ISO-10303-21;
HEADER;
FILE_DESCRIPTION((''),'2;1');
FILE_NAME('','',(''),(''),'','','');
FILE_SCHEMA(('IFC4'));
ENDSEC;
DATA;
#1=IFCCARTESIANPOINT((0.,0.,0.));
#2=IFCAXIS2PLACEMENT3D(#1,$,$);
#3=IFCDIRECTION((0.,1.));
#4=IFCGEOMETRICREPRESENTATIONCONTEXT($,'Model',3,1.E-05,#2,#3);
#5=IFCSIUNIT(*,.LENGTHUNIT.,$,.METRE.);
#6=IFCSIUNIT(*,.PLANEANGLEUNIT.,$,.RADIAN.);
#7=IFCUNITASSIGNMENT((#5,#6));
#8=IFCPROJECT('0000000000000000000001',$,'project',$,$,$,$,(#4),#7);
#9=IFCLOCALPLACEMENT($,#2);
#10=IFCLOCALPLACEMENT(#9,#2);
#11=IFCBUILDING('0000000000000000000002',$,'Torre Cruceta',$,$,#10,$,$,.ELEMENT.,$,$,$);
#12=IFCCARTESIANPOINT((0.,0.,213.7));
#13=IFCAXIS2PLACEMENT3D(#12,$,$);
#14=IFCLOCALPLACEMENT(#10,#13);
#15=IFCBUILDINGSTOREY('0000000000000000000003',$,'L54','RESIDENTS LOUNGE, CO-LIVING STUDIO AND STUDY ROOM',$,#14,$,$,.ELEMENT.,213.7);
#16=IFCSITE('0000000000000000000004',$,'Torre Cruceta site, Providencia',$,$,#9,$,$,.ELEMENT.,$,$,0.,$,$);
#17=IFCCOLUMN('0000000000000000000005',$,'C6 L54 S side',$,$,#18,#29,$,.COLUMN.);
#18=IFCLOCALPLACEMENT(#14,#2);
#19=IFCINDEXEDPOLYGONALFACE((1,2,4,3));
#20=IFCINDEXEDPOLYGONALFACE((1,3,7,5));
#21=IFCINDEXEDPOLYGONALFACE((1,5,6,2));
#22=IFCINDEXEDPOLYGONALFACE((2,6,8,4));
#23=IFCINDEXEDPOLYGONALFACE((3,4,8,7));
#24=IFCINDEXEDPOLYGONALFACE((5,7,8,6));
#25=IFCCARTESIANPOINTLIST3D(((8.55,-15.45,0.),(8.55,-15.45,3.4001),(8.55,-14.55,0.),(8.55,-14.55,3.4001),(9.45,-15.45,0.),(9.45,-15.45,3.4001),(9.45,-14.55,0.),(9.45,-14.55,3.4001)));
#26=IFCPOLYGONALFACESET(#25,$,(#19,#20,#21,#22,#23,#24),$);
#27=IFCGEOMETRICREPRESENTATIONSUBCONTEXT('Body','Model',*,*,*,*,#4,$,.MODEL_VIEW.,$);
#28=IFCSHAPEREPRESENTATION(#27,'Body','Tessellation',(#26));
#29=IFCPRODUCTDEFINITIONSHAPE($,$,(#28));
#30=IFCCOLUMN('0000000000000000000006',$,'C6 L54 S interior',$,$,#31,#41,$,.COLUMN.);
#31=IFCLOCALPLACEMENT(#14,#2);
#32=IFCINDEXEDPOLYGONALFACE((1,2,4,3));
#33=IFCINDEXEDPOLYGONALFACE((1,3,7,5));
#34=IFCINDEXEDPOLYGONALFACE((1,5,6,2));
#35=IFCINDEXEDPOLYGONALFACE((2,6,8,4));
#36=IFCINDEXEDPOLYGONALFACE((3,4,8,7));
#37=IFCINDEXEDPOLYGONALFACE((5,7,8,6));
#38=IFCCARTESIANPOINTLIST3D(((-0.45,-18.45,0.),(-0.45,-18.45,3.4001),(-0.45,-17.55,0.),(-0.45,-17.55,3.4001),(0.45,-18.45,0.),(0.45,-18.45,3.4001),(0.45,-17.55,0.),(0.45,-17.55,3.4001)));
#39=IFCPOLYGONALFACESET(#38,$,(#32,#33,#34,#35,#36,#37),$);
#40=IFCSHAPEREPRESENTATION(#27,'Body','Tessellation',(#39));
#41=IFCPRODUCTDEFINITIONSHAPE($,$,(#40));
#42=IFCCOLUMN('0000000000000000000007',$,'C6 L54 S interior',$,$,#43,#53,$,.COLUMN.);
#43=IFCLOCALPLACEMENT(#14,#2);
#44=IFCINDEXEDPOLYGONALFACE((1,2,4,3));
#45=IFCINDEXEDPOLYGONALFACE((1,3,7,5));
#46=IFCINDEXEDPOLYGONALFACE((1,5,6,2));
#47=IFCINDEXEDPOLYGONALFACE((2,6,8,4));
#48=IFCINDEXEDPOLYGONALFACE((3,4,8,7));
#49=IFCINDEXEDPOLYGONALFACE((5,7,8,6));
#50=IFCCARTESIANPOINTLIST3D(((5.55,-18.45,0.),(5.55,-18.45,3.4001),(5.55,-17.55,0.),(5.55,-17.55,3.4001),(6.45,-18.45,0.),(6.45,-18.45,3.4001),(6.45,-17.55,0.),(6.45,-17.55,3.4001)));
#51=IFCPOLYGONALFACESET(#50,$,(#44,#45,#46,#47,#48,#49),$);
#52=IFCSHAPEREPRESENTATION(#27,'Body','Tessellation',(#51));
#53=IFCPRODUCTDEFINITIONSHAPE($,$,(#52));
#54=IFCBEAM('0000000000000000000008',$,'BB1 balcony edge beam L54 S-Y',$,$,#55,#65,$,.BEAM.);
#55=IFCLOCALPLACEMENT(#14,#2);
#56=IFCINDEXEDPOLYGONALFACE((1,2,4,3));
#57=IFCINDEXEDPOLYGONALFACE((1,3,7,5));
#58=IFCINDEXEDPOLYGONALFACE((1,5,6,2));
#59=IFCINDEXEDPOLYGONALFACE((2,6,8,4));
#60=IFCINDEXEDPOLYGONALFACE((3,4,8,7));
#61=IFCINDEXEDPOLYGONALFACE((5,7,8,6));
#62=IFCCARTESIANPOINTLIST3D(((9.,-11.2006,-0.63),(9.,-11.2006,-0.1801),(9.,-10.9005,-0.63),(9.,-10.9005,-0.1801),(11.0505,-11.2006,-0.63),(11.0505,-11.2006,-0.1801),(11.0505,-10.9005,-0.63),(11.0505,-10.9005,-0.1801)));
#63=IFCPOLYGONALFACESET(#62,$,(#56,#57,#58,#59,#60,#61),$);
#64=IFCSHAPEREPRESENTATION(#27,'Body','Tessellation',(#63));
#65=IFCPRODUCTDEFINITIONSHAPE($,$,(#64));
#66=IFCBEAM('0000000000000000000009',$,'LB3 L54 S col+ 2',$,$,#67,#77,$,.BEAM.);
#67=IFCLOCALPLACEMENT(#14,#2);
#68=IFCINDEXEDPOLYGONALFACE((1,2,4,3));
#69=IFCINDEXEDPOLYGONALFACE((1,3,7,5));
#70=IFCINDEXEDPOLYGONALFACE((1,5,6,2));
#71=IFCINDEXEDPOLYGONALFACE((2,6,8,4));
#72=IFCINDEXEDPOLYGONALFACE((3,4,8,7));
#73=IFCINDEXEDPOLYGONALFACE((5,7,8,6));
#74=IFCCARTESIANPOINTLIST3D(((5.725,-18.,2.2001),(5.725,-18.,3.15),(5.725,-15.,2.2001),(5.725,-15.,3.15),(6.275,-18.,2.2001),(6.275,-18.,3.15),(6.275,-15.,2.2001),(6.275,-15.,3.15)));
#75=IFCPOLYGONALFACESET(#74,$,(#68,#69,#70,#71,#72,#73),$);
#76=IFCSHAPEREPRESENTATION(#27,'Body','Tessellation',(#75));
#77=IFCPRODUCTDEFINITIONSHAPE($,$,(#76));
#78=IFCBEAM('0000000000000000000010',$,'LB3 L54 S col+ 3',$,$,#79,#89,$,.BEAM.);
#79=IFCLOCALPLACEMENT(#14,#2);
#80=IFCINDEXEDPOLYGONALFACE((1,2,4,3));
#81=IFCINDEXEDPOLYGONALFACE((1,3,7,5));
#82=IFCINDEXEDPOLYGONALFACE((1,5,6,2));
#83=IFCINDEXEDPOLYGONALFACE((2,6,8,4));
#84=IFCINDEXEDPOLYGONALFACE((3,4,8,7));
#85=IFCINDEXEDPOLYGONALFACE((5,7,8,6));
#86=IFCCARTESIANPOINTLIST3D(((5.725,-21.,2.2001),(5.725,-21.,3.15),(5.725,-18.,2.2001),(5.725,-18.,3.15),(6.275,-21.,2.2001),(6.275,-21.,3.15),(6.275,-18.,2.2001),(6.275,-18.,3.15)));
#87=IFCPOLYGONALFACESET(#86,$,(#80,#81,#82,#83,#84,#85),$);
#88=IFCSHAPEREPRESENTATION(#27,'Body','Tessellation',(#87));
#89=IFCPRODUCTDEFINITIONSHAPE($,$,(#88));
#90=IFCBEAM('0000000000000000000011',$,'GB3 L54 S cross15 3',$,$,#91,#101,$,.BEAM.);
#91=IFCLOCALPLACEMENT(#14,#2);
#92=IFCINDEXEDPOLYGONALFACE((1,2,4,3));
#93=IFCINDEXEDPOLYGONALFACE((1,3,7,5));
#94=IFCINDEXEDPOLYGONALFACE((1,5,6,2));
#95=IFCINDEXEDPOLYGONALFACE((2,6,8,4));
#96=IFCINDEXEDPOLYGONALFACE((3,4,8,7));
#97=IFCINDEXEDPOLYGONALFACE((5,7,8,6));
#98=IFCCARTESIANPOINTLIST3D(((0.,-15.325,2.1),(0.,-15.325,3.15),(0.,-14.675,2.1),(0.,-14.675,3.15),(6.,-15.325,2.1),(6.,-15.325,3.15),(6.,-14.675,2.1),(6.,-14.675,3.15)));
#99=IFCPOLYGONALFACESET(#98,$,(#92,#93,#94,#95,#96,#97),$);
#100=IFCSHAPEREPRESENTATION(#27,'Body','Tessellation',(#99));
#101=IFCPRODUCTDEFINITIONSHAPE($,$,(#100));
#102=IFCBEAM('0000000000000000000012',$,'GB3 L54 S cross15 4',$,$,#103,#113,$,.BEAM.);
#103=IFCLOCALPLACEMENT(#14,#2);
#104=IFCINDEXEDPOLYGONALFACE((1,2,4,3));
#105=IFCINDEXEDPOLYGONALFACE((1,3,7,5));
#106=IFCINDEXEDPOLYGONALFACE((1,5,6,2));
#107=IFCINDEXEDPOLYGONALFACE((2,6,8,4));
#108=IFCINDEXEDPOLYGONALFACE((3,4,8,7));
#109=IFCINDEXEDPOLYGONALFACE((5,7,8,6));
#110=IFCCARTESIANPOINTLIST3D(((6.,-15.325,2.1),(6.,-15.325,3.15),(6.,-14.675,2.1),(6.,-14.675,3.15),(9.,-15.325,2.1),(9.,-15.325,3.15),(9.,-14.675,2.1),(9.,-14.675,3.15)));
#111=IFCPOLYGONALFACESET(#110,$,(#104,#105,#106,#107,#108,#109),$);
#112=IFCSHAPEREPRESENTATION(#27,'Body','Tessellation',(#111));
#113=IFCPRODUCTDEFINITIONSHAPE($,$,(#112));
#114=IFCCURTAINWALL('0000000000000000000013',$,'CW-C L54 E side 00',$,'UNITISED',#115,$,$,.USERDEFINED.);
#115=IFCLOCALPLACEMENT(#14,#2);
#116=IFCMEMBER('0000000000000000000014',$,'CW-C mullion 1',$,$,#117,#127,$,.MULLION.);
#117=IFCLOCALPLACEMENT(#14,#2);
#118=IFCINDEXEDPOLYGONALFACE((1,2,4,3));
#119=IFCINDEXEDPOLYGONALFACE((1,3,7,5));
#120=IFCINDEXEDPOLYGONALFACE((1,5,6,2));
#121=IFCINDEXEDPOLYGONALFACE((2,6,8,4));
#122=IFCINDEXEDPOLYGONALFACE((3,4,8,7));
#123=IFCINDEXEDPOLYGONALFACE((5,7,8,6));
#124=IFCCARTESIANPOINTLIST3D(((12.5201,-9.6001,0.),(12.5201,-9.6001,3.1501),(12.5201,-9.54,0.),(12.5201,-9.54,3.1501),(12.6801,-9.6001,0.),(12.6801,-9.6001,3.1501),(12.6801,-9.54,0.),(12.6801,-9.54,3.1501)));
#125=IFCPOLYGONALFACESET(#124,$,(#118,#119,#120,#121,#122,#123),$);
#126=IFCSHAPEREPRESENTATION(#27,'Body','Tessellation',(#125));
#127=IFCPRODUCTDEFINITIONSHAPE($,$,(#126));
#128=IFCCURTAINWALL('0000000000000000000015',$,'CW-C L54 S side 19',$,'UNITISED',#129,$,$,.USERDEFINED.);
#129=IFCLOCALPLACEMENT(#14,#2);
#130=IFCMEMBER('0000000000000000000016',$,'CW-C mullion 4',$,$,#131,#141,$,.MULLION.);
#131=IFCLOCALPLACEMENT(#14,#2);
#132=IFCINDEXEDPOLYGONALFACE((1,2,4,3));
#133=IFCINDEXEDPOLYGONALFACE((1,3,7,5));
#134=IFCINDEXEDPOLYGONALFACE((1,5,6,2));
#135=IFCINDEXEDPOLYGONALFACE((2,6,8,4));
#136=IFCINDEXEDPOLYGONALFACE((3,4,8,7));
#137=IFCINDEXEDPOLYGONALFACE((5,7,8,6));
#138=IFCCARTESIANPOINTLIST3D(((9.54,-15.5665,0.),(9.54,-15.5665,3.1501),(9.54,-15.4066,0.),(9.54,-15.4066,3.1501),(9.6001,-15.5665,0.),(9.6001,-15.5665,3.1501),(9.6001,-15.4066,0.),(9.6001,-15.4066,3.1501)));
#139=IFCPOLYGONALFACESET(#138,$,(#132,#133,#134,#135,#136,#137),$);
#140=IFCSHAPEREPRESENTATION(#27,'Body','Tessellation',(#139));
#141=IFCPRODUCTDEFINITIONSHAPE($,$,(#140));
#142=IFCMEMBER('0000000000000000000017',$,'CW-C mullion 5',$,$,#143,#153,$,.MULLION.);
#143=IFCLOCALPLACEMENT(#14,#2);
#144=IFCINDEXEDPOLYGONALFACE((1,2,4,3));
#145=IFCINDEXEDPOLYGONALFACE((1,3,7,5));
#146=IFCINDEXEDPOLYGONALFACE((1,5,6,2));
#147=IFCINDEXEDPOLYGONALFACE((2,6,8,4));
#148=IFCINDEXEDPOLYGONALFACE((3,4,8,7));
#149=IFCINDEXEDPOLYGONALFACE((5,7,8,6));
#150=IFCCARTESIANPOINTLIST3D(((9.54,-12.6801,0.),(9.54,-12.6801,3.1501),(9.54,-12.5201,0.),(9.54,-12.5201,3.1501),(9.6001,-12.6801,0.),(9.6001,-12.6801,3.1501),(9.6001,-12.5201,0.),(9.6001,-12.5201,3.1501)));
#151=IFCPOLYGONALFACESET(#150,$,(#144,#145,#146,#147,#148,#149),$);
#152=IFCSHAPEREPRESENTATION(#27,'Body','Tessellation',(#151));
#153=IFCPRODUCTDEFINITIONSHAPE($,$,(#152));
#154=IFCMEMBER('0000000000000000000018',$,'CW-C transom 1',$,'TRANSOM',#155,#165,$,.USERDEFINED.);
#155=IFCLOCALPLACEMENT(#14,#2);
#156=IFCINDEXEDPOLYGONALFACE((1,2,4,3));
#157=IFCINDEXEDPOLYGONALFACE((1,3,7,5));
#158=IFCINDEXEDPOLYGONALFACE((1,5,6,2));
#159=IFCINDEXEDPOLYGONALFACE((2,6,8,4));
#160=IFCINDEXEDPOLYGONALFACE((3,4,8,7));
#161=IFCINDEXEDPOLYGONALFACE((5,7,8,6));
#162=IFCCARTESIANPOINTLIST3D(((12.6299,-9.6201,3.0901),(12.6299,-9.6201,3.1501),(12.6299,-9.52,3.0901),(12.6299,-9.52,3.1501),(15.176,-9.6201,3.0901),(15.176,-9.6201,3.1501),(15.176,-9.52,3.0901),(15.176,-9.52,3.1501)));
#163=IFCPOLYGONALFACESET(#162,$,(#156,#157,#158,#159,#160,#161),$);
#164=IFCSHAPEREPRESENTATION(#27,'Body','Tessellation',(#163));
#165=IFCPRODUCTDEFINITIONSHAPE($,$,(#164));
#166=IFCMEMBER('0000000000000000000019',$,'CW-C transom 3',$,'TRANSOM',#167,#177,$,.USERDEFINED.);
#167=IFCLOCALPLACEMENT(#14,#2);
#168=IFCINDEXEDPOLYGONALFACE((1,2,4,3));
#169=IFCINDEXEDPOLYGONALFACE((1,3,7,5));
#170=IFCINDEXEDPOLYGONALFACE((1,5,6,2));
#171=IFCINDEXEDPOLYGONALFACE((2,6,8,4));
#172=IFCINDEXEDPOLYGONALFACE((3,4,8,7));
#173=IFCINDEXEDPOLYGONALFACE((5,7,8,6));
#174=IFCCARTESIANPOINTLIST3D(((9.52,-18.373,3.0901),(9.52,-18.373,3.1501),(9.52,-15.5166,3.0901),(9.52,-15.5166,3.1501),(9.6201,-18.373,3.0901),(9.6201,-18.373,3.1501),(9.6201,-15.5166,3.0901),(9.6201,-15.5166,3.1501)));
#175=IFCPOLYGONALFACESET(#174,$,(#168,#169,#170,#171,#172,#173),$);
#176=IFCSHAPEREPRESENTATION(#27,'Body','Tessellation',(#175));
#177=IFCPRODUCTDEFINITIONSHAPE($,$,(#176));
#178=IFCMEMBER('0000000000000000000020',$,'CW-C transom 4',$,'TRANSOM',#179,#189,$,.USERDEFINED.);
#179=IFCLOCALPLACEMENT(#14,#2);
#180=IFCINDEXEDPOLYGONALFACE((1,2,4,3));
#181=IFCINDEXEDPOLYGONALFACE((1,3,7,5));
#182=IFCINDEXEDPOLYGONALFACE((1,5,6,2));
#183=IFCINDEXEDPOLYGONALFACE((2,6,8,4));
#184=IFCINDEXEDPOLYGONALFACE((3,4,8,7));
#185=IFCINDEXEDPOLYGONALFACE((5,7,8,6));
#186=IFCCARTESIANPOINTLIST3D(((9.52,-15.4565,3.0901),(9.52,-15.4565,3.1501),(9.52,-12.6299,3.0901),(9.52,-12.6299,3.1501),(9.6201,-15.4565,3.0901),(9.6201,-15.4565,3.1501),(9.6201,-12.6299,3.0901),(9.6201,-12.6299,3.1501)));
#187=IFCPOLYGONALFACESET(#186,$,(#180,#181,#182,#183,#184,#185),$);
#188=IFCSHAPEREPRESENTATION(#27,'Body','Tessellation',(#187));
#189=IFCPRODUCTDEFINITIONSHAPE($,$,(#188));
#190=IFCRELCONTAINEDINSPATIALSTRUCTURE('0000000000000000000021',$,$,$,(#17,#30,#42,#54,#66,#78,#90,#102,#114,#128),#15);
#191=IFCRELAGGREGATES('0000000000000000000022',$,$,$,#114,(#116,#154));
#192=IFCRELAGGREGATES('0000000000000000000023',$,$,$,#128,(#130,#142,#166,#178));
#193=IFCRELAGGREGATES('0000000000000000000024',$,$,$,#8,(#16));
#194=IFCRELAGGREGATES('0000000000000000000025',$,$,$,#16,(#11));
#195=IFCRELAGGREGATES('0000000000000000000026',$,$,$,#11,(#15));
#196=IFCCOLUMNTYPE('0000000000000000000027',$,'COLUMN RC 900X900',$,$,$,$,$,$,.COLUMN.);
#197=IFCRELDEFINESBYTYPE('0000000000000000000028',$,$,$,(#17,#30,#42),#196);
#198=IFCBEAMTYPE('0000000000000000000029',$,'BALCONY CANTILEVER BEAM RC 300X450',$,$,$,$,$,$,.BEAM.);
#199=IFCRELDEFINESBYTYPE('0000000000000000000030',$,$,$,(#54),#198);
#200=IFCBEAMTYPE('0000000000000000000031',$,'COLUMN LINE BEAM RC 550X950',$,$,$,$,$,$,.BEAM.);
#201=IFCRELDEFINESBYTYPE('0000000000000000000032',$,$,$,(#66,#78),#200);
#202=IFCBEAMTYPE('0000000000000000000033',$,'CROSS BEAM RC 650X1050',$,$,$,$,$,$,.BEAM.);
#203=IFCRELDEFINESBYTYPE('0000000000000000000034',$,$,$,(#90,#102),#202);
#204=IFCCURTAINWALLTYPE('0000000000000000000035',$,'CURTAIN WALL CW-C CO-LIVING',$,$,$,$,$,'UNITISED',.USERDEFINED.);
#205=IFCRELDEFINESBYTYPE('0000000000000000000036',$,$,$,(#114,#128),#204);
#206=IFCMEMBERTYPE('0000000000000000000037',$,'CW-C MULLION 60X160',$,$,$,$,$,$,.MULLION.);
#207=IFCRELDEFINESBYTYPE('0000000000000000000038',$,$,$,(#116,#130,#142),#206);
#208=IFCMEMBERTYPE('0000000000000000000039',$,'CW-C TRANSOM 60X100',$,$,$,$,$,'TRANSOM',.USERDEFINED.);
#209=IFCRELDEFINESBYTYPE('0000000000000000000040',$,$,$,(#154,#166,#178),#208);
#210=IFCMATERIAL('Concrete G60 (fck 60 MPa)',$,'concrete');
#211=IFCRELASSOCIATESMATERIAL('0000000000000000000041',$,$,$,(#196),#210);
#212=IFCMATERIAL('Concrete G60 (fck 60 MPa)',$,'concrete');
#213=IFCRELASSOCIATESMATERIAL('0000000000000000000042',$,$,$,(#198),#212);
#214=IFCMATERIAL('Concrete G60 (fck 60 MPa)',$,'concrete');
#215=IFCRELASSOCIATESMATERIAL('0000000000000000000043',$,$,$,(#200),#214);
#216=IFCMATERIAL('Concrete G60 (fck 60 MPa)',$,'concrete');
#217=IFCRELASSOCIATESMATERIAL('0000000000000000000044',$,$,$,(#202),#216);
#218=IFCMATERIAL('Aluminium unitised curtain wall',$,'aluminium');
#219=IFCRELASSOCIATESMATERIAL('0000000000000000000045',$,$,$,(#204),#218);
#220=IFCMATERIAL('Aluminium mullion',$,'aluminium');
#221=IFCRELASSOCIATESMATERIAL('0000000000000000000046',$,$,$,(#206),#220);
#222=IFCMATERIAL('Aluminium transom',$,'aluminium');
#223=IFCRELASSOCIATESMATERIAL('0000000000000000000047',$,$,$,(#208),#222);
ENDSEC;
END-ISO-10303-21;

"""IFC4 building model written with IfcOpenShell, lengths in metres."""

from ifc_helpers import new_model, si_unit, direction, frame, origin, origin_2d, place, context, subcontext, project, spatial, rectangle, extrude, material, material_profile, profile_set, type_object, element, aggregate, save


model = new_model("IFC4")

# Units and contexts
model_context = context("Model", 3, precision=1e-05, world=origin(), true_north=direction((0.0, 1.0)))
body_context = subcontext(model_context, "Body", "Model", "MODEL_VIEW")
ifc_project = project(units=[si_unit("LENGTHUNIT", "METRE"), si_unit("PLANEANGLEUNIT", "RADIAN")], contexts=[model_context])

# Site, building, storey
site_placement = place(None, origin())
site = spatial("IfcSite", under=ifc_project, at=site_placement, Name="Torre Cruceta site, Providencia", CompositionType="ELEMENT", RefElevation=0.0)
building_placement = place(site_placement, origin())
building = spatial("IfcBuilding", under=site, at=building_placement, Name="Torre Cruceta", CompositionType="ELEMENT")
storey_placement = place(building_placement, frame((0.0, 0.0, 213.7)))
storey = spatial("IfcBuildingStorey", under=building, at=storey_placement, Name="L54", Description="RESIDENTS LOUNGE, CO-LIVING STUDIO AND STUDY ROOM", CompositionType="ELEMENT", Elevation=213.7)

# Columns
ifc_material_1 = material(Name="Concrete G60 (fck 60 MPa)", Category="concrete")
ifc_material_profile_1 = material_profile(ifc_material_1, rectangle(XDim=0.8999, YDim=0.8999, at=origin_2d()), Name="RC 900X900")
ifc_profile_set_1 = profile_set([ifc_material_profile_1], Name="Concrete G60 (fck 60 MPa)")
column_type = type_object("IfcColumnType", Name="COLUMN RC 900X900", PredefinedType="COLUMN", material=ifc_profile_set_1)
for number, where, z_axis, x_axis, name in (
    (1, (9.0, -15.0, 0.0), (0.0, 0.0, 1.0), (1.0, 0.0, 0.0), "C6 L54 S side"),
    (2, (0.0, -18.0, 0.0), (0.0, 0.0, 1.0), (1.0, 0.0, 0.0), "C6 L54 S interior"),
    (3, (6.0, -18.0, 0.0), (0.0, 0.0, 1.0), (1.0, 0.0, 0.0), "C6 L54 S interior"),
):
    element("IfcColumn", number, at=place(storey_placement, frame(where, z_axis=z_axis, x_axis=x_axis)), inside=storey, type_object=column_type, Name=name, PredefinedType="COLUMN", context=body_context, shape_type="SweptSolid", body=[
        extrude(rectangle(XDim=0.8999, YDim=0.8999, at=origin_2d()), origin(), (0.0, 0.0, 1.0), 3.4001),
    ])

# Beams
ifc_material_2 = material(Name="Concrete G60 (fck 60 MPa)", Category="concrete")
ifc_material_profile_2 = material_profile(ifc_material_2, rectangle(XDim=0.3, YDim=0.45, at=origin_2d()), Name="RC 300X450")
ifc_profile_set_2 = profile_set([ifc_material_profile_2], Name="Concrete G60 (fck 60 MPa)")
beam_type_1 = type_object("IfcBeamType", Name="BALCONY CANTILEVER BEAM RC 300X450", PredefinedType="BEAM", material=ifc_profile_set_2)
beam_1_placement = place(storey_placement, frame((9.0, -11.0505, -0.405), z_axis=(1.0, 0.0, 0.0), x_axis=(0.0, 1.0, 0.0)))
element("IfcBeam", 4, at=beam_1_placement, inside=storey, type_object=beam_type_1, Name="BB1 balcony edge beam L54 S-Y", PredefinedType="BEAM", context=body_context, shape_type="SweptSolid", body=[
    extrude(rectangle(XDim=0.3, YDim=0.45, at=origin_2d()), origin(), (0.0, 0.0, 1.0), 2.0505),
])
ifc_material_3 = material(Name="Concrete G60 (fck 60 MPa)", Category="concrete")
ifc_material_profile_3 = material_profile(ifc_material_3, rectangle(XDim=0.55, YDim=0.95, at=origin_2d()), Name="RC 550X950")
ifc_profile_set_3 = profile_set([ifc_material_profile_3], Name="Concrete G60 (fck 60 MPa)")
beam_type_2 = type_object("IfcBeamType", Name="COLUMN LINE BEAM RC 550X950", PredefinedType="BEAM", material=ifc_profile_set_3)
for number, where, z_axis, x_axis, name in (
    (5, (6.0, -15.0, 2.675), (0.0, -1.0, 0.0), (1.0, 0.0, 0.0), "LB3 L54 S col+ 2"),
    (6, (6.0, -18.0, 2.675), (0.0, -1.0, 0.0), (1.0, 0.0, 0.0), "LB3 L54 S col+ 3"),
):
    element("IfcBeam", number, at=place(storey_placement, frame(where, z_axis=z_axis, x_axis=x_axis)), inside=storey, type_object=beam_type_2, Name=name, PredefinedType="BEAM", context=body_context, shape_type="SweptSolid", body=[
        extrude(rectangle(XDim=0.55, YDim=0.95, at=origin_2d()), origin(), (0.0, 0.0, 1.0), 3.0),
    ])
ifc_material_4 = material(Name="Concrete G60 (fck 60 MPa)", Category="concrete")
ifc_material_profile_4 = material_profile(ifc_material_4, rectangle(XDim=0.6499, YDim=1.05, at=origin_2d()), Name="RC 650X1050")
ifc_profile_set_4 = profile_set([ifc_material_profile_4], Name="Concrete G60 (fck 60 MPa)")
beam_type_3 = type_object("IfcBeamType", Name="CROSS BEAM RC 650X1050", PredefinedType="BEAM", material=ifc_profile_set_4)
beam_2_placement = place(storey_placement, frame((0.0, -15.0, 2.625), z_axis=(1.0, 0.0, 0.0), x_axis=(0.0, 1.0, 0.0)))
element("IfcBeam", 7, at=beam_2_placement, inside=storey, type_object=beam_type_3, Name="GB3 L54 S cross15 3", PredefinedType="BEAM", context=body_context, shape_type="SweptSolid", body=[
    extrude(rectangle(XDim=0.6499, YDim=1.05, at=origin_2d()), origin(), (0.0, 0.0, 1.0), 6.0),
])
beam_3_placement = place(storey_placement, frame((6.0, -15.0, 2.625), z_axis=(1.0, 0.0, 0.0), x_axis=(0.0, 1.0, 0.0)))
element("IfcBeam", 8, at=beam_3_placement, inside=storey, type_object=beam_type_3, Name="GB3 L54 S cross15 4", PredefinedType="BEAM", context=body_context, shape_type="SweptSolid", body=[
    extrude(rectangle(XDim=0.6499, YDim=1.05, at=origin_2d()), origin(), (0.0, 0.0, 1.0), 3.0),
])

# Curtain wall, member
ifc_material_5 = material(Name="Aluminium unitised curtain wall", Category="aluminium")
curtain_wall_type = type_object("IfcCurtainWallType", Name="CURTAIN WALL CW-C CO-LIVING", ElementType="UNITISED", PredefinedType="USERDEFINED", material=ifc_material_5)
curtain_wall_1_placement = place(storey_placement, origin())
curtain_wall_1 = element("IfcCurtainWall", 9, at=curtain_wall_1_placement, inside=storey, type_object=curtain_wall_type, Name="CW-C L54 E side 00", ObjectType="UNITISED", PredefinedType="USERDEFINED")
ifc_material_6 = material(Name="Aluminium mullion", Category="aluminium")
ifc_material_profile_5 = material_profile(ifc_material_6, rectangle(XDim=0.0601, YDim=0.1599, at=origin_2d()), Name="AL 60X160")
ifc_profile_set_5 = profile_set([ifc_material_profile_5], Name="Aluminium mullion")
member_type_1 = type_object("IfcMemberType", Name="CW-C MULLION 60X160", PredefinedType="MULLION", material=ifc_profile_set_5)
member_1_placement = place(storey_placement, frame((12.6001, -9.5701, 0.0), z_axis=(0.0, 0.0, 1.0), x_axis=(0.0, 1.0, 0.0)))
member_1 = element("IfcMember", 10, at=member_1_placement, type_object=member_type_1, Name="CW-C mullion 1", PredefinedType="MULLION", context=body_context, shape_type="SweptSolid", body=[
    extrude(rectangle(XDim=0.0601, YDim=0.1599, at=origin_2d()), origin(), (0.0, 0.0, 1.0), 3.1501),
])

# Curtain wall, members
curtain_wall_2_placement = place(storey_placement, origin())
curtain_wall_2 = element("IfcCurtainWall", 11, at=curtain_wall_2_placement, inside=storey, type_object=curtain_wall_type, Name="CW-C L54 S side 19", ObjectType="UNITISED", PredefinedType="USERDEFINED")
member_2_placement = place(storey_placement, frame((9.5701, -15.4866, 0.0), z_axis=(0.0, 0.0, 1.0), x_axis=(-1.0, 0.0, 0.0)))
member_2 = element("IfcMember", 12, at=member_2_placement, type_object=member_type_1, Name="CW-C mullion 4", PredefinedType="MULLION", context=body_context, shape_type="SweptSolid", body=[
    extrude(rectangle(XDim=0.0601, YDim=0.1599, at=origin_2d()), origin(), (0.0, 0.0, 1.0), 3.1501),
])
member_3_placement = place(storey_placement, frame((9.5701, -12.6001, 0.0), z_axis=(0.0, 0.0, 1.0), x_axis=(-1.0, 0.0, 0.0)))
member_3 = element("IfcMember", 13, at=member_3_placement, type_object=member_type_1, Name="CW-C mullion 5", PredefinedType="MULLION", context=body_context, shape_type="SweptSolid", body=[
    extrude(rectangle(XDim=0.0601, YDim=0.1599, at=origin_2d()), origin(), (0.0, 0.0, 1.0), 3.1501),
])

# Members
ifc_material_7 = material(Name="Aluminium transom", Category="aluminium")
ifc_material_profile_6 = material_profile(ifc_material_7, rectangle(XDim=0.1001, YDim=0.0601, at=origin_2d()), Name="AL 100X60")
ifc_profile_set_6 = profile_set([ifc_material_profile_6], Name="Aluminium transom")
member_type_2 = type_object("IfcMemberType", Name="CW-C TRANSOM 60X100", ElementType="TRANSOM", PredefinedType="USERDEFINED", material=ifc_profile_set_6)
member_4_placement = place(storey_placement, frame((12.6299, -9.5701, 3.1201), z_axis=(1.0, 0.0, 0.0), x_axis=(0.0, 1.0, 0.0)))
member_4 = element("IfcMember", 14, at=member_4_placement, type_object=member_type_2, Name="CW-C transom 1", ObjectType="TRANSOM", PredefinedType="USERDEFINED", context=body_context, shape_type="SweptSolid", body=[
    extrude(rectangle(XDim=0.1001, YDim=0.0601, at=origin_2d()), origin(), (0.0, 0.0, 1.0), 2.5461),
])
aggregate(curtain_wall_1, [member_1, member_4])
member_5_placement = place(storey_placement, frame((9.5701, -18.373, 3.1201), z_axis=(0.0, 1.0, 0.0), x_axis=(-1.0, 0.0, 0.0)))
member_5 = element("IfcMember", 15, at=member_5_placement, type_object=member_type_2, Name="CW-C transom 3", ObjectType="TRANSOM", PredefinedType="USERDEFINED", context=body_context, shape_type="SweptSolid", body=[
    extrude(rectangle(XDim=0.1001, YDim=0.0601, at=origin_2d()), origin(), (0.0, 0.0, 1.0), 2.8564),
])
member_6_placement = place(storey_placement, frame((9.5701, -15.4565, 3.1201), z_axis=(0.0, 1.0, 0.0), x_axis=(-1.0, 0.0, 0.0)))
member_6 = element("IfcMember", 16, at=member_6_placement, type_object=member_type_2, Name="CW-C transom 4", ObjectType="TRANSOM", PredefinedType="USERDEFINED", context=body_context, shape_type="SweptSolid", body=[
    extrude(rectangle(XDim=0.1001, YDim=0.0601, at=origin_2d()), origin(), (0.0, 0.0, 1.0), 2.8267),
])

aggregate(curtain_wall_2, [member_2, member_3, member_5, member_6])

save(model, "model.ifc")
